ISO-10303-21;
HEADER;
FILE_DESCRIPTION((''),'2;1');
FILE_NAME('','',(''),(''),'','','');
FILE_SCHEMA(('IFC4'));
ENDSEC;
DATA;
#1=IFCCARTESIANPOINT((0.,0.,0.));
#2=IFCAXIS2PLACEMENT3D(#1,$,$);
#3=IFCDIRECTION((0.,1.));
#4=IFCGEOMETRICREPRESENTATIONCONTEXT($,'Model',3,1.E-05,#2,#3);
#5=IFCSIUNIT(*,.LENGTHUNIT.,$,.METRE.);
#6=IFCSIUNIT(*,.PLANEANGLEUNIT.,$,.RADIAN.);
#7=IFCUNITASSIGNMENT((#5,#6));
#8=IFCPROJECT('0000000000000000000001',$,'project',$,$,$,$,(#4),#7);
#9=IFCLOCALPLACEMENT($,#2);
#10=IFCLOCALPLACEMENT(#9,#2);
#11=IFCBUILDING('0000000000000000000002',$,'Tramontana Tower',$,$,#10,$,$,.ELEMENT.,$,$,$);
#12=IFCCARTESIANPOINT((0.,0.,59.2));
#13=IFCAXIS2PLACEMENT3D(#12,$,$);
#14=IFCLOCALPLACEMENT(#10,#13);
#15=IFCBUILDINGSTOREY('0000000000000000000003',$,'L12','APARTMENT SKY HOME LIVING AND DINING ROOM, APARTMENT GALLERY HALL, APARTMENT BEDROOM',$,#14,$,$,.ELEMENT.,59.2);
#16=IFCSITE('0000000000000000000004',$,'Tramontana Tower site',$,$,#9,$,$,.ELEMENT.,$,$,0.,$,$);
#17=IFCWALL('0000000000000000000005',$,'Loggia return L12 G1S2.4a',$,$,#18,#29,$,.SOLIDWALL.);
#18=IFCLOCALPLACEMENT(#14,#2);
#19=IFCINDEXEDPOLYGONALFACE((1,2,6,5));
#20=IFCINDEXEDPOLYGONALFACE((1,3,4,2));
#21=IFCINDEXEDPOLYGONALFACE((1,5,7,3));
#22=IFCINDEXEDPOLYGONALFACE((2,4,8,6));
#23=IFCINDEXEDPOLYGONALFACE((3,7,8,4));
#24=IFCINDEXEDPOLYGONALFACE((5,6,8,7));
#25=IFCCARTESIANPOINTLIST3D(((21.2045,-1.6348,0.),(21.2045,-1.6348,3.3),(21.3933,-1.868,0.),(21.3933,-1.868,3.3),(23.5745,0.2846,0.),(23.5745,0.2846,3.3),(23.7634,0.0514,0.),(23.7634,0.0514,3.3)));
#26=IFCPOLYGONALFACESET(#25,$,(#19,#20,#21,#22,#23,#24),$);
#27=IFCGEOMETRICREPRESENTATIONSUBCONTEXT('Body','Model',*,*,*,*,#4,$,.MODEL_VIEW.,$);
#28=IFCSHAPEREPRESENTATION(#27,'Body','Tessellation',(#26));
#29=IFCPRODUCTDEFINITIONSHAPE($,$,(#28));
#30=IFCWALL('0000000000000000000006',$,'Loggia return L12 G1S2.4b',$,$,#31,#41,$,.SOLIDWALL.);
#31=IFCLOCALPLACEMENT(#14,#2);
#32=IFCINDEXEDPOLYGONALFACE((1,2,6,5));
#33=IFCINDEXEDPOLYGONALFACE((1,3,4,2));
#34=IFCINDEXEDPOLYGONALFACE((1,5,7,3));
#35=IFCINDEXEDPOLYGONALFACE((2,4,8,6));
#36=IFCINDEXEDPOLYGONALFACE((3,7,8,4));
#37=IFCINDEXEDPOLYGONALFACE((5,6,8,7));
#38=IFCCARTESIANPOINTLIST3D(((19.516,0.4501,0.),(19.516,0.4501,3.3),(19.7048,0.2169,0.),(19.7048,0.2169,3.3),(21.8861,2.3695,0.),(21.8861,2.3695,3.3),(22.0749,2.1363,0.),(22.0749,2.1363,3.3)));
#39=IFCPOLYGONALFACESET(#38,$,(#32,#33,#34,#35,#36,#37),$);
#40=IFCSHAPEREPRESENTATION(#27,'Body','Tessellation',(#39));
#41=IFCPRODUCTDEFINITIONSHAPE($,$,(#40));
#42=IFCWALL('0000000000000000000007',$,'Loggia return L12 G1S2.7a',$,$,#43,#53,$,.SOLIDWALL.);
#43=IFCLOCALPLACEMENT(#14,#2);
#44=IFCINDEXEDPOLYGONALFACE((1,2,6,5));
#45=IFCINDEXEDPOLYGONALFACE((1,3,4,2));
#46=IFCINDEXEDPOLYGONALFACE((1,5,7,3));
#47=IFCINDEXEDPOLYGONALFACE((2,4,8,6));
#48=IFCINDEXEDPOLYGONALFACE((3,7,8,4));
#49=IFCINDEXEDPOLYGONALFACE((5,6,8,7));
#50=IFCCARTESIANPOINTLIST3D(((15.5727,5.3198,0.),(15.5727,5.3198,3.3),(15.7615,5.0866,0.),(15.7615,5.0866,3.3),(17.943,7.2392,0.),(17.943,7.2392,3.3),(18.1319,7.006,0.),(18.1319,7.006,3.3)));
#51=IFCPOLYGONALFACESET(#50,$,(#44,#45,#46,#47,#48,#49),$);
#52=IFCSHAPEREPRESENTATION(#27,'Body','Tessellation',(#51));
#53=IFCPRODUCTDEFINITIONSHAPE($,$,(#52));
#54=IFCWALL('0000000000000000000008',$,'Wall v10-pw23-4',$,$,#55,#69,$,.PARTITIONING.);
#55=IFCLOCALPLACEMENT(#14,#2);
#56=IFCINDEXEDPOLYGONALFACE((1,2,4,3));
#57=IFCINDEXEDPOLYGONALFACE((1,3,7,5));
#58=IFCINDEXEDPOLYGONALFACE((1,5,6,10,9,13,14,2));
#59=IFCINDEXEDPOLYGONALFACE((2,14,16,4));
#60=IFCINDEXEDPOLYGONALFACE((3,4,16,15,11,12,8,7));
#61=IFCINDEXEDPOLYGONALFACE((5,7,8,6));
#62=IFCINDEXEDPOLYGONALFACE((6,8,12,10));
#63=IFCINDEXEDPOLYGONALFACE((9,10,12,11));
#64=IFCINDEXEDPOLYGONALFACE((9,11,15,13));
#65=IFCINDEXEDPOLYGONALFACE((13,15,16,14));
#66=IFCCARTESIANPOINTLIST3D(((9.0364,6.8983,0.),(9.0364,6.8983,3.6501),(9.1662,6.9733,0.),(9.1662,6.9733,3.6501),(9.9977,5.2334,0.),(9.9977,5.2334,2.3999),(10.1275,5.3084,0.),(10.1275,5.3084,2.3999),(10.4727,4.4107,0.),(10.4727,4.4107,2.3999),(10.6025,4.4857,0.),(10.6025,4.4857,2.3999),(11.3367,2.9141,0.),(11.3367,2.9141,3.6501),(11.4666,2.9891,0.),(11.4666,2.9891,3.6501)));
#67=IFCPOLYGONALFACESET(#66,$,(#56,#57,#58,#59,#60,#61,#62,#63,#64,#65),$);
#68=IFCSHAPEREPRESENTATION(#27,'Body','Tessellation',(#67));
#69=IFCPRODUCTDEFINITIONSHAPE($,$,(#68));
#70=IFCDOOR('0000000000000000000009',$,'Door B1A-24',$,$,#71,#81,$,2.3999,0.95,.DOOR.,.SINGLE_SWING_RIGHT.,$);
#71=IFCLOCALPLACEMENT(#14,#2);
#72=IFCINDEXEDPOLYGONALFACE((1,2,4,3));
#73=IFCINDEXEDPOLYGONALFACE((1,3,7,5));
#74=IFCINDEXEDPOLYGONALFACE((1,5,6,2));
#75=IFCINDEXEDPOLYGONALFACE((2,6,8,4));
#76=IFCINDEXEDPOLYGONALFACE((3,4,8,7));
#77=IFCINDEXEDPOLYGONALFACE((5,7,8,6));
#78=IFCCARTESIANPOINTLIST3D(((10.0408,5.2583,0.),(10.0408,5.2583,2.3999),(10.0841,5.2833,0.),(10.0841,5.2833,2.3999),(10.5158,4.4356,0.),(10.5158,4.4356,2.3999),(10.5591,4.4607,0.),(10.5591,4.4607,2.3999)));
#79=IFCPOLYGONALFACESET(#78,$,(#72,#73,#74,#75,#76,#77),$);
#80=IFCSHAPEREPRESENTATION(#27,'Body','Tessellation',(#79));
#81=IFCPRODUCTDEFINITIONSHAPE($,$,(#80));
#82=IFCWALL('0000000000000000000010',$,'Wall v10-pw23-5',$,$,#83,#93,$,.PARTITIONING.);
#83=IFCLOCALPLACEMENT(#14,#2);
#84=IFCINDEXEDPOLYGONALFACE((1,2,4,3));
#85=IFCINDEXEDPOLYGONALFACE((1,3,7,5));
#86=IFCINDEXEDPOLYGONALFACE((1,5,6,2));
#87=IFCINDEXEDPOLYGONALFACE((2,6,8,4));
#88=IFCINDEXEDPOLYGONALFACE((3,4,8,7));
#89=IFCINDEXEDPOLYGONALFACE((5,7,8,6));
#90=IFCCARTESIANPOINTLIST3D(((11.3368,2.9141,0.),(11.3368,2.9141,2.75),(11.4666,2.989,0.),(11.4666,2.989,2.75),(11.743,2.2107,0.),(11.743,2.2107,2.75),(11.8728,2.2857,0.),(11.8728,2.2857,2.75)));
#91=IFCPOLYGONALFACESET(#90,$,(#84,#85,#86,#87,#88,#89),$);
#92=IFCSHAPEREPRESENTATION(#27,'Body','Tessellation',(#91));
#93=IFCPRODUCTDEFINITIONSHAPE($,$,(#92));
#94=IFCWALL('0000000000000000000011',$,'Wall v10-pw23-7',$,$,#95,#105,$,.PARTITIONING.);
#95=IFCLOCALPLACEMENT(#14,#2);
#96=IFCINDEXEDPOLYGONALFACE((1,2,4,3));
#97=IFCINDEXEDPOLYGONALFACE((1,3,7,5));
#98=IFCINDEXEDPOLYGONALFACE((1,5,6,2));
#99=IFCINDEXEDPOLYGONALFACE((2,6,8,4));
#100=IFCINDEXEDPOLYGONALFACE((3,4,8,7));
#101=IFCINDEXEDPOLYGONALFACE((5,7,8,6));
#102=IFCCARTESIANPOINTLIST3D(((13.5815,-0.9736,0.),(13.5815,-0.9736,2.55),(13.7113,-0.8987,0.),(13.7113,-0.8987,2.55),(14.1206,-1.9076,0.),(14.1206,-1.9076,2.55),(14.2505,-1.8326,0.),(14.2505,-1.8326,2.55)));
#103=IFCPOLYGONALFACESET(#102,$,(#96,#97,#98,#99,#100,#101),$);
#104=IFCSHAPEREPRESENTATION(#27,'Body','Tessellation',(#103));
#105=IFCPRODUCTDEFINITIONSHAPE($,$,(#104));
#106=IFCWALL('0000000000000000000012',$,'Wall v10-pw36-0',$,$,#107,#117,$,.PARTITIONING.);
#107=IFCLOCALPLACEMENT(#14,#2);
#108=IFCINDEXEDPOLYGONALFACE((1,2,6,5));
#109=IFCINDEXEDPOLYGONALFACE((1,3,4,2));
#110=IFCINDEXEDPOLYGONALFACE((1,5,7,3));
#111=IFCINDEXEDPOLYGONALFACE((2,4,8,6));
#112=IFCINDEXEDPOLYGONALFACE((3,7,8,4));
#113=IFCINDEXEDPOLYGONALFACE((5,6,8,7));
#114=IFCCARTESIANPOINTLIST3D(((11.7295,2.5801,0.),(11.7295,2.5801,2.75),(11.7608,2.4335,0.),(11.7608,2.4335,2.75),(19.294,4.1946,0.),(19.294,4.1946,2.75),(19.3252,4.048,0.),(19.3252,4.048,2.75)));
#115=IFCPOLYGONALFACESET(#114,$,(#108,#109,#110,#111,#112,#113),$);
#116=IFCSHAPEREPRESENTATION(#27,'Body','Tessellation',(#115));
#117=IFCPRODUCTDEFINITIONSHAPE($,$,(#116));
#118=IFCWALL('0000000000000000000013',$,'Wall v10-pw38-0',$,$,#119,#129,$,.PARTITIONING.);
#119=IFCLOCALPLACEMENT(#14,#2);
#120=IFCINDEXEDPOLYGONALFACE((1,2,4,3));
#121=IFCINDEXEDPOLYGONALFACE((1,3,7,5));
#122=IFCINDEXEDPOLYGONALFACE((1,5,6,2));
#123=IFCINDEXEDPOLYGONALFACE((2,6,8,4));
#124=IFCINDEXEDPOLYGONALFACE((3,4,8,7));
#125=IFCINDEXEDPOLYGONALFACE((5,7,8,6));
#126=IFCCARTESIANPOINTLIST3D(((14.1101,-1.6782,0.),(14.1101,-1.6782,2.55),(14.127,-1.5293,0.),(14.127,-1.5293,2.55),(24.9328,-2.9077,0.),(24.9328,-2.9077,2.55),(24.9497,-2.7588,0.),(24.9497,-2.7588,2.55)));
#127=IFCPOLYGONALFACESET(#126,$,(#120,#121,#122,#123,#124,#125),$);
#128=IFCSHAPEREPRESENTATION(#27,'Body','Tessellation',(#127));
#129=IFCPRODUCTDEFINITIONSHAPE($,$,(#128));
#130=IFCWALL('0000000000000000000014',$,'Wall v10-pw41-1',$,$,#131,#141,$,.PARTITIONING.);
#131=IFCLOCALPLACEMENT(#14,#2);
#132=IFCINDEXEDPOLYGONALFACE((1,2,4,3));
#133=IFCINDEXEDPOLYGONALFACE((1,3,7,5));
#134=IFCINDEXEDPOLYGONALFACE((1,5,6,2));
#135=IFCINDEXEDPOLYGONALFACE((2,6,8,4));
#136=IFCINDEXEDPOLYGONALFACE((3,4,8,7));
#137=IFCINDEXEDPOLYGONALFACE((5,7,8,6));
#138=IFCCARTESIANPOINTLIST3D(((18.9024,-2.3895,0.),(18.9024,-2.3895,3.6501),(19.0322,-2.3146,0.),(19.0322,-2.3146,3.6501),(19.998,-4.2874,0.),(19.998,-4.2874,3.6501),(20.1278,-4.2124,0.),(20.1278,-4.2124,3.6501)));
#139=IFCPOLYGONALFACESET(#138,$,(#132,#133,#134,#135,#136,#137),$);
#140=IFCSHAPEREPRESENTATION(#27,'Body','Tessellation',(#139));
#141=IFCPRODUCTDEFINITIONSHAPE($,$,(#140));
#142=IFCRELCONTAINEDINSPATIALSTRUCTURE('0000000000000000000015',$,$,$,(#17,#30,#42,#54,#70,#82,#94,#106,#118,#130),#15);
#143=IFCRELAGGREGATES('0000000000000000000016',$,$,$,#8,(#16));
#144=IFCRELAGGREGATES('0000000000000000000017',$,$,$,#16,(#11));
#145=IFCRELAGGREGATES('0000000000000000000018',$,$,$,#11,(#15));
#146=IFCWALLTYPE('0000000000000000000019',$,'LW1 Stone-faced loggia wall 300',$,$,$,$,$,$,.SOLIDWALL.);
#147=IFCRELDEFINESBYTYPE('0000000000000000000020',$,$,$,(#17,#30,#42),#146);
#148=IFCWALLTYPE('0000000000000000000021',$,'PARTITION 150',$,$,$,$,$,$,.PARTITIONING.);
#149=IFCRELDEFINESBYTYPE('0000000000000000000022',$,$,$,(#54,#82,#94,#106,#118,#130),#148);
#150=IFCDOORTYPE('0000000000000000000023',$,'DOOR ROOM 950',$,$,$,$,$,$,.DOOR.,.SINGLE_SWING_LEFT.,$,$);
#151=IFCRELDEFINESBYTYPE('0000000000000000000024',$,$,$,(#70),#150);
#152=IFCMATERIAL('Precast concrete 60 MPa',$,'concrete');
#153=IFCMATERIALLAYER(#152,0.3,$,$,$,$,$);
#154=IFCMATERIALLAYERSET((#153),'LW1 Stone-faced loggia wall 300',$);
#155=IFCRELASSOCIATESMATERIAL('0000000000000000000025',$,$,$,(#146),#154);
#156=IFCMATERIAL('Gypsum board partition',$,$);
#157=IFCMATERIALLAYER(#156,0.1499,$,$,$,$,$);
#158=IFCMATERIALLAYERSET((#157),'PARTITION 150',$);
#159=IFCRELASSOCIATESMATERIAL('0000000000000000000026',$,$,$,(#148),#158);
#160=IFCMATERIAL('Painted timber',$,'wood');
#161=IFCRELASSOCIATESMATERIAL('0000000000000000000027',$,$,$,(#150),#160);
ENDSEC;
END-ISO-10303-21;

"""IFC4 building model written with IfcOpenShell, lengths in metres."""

from ifc_helpers import new_model, si_unit, direction, frame, frame_2d, origin, place, context, subcontext, project, spatial, rectangle, extrude, material, layer, layer_set, type_object, element, fill, save


model = new_model("IFC4")

# Units and contexts
model_context = context("Model", 3, precision=1e-05, world=origin(), true_north=direction((0.0, 1.0)))
body_context = subcontext(model_context, "Body", "Model", "MODEL_VIEW")
ifc_project = project(units=[si_unit("LENGTHUNIT", "METRE"), si_unit("PLANEANGLEUNIT", "RADIAN")], contexts=[model_context])

# Site, building, storey
site_placement = place(None, origin())
site = spatial("IfcSite", under=ifc_project, at=site_placement, Name="Tramontana Tower site", CompositionType="ELEMENT", RefElevation=0.0)
building_placement = place(site_placement, origin())
building = spatial("IfcBuilding", under=site, at=building_placement, Name="Tramontana Tower", CompositionType="ELEMENT")
storey_placement = place(building_placement, frame((0.0, 0.0, 59.2)))
storey = spatial("IfcBuildingStorey", under=building, at=storey_placement, Name="L12", Description="APARTMENT SKY HOME LIVING AND DINING ROOM, APARTMENT GALLERY HALL, APARTMENT BEDROOM", CompositionType="ELEMENT", Elevation=59.2)

# Shared definitions
ifc_material_1 = material(Name="Precast concrete 60 MPa", Category="concrete")
ifc_layer_1 = layer(ifc_material_1, 0.3)
ifc_layer_set_1 = layer_set([ifc_layer_1], Name="LW1 Stone-faced loggia wall 300")
wall_type_1 = type_object("IfcWallType", Name="LW1 Stone-faced loggia wall 300", PredefinedType="SOLIDWALL", material=ifc_layer_set_1)

# Walls
for number, where, z_axis, x_axis, name in (
    (1, (23.6689, 0.168, 0.0), (0.0, 0.0, 1.0), (-0.777122, -0.62935, 0.0), "Loggia return L12 G1S2.4a"),
    (2, (21.9805, 2.2529, 0.0), (0.0, 0.0, 1.0), (-0.777122, -0.62935, 0.0), "Loggia return L12 G1S2.4b"),
):
    element("IfcWall", number, at=place(storey_placement, frame(where, z_axis=z_axis, x_axis=x_axis)), inside=storey, type_object=wall_type_1, Name=name, PredefinedType="SOLIDWALL", context=body_context, shape_type="SweptSolid", body=[
        extrude(rectangle(XDim=3.0498, YDim=0.3, at=frame_2d((1.5249, 0.0))), origin(), (0.0, 0.0, 1.0), 3.3),
    ])

# Wall
wall_1_placement = place(storey_placement, frame((18.0374, 7.1226, 0.0), z_axis=(0.0, 0.0, 1.0), x_axis=(-0.777154, -0.629311, 0.0)))
element("IfcWall", 3, at=wall_1_placement, inside=storey, type_object=wall_type_1, Name="Loggia return L12 G1S2.7a", PredefinedType="SOLIDWALL", context=body_context, shape_type="SweptSolid", body=[
    extrude(rectangle(XDim=3.05, YDim=0.3, at=frame_2d((1.5249, 0.0))), origin(), (0.0, 0.0, 1.0), 3.3),
])

# Wall, opening, door
ifc_material_2 = material(Name="Gypsum board partition")
ifc_layer_2 = layer(ifc_material_2, 0.1499)
ifc_layer_set_2 = layer_set([ifc_layer_2], Name="PARTITION 150")
wall_type_2 = type_object("IfcWallType", Name="PARTITION 150", PredefinedType="PARTITIONING", material=ifc_layer_set_2)
wall_2_placement = place(storey_placement, frame((9.1013, 6.9358, 0.0), z_axis=(0.0, 0.0, 1.0), x_axis=(0.500009, -0.86602, 0.0)))
wall_2 = element("IfcWall", 4, at=wall_2_placement, inside=storey, type_object=wall_type_2, Name="Wall v10-pw23-4", PredefinedType="PARTITIONING", context=body_context, shape_type="SweptSolid", body=[
    extrude(rectangle(XDim=4.6006, YDim=0.1499, at=frame_2d((2.3003, 0.0))), origin(), (0.0, 0.0, 1.0), 3.6501),
])
opening_1_placement = place(wall_2_placement, frame((1.9224, 0.0, 0.0)))
opening_1 = element("IfcOpeningElement", 5, at=opening_1_placement, cuts=wall_2, PredefinedType="OPENING", context=body_context, shape_type="SweptSolid", body=[
    extrude(rectangle(XDim=0.95, YDim=2.3999, at=frame_2d((0.4751, 1.2))), frame((0.0, 0.085, 0.0), z_axis=(0.0, -1.0, 0.0), x_axis=(1.0, 0.0, 0.0)), (0.0, 0.0, 1.0), 0.1699),
])
ifc_material_3 = material(Name="Painted timber", Category="wood")
door_type_1 = type_object("IfcDoorType", Name="DOOR ROOM 950", OperationType="SINGLE_SWING_LEFT", PredefinedType="DOOR", material=ifc_material_3)
door_1_placement = place(opening_1_placement, origin())
door_1 = element("IfcDoor", 6, at=door_1_placement, inside=storey, type_object=door_type_1, Name="Door B1A-24", OperationType="SINGLE_SWING_RIGHT", OverallHeight=2.3999, OverallWidth=0.95, PredefinedType="DOOR", context=body_context, shape_type="SweptSolid", body=[
    extrude(rectangle(XDim=0.95, YDim=2.3999, at=frame_2d((0.4751, 1.2))), frame((0.0, 0.0249, 0.0), z_axis=(0.0, -1.0, 0.0), x_axis=(1.0, 0.0, 0.0)), (0.0, 0.0, 1.0), 0.05),
])
fill(opening_1, door_1)

# Wall
wall_3_placement = place(storey_placement, frame((11.4016, 2.9517, 0.0), z_axis=(0.0, 0.0, 1.0), x_axis=(0.500147, -0.86594, 0.0)))
element("IfcWall", 7, at=wall_3_placement, inside=storey, type_object=wall_type_2, Name="Wall v10-pw23-5", PredefinedType="PARTITIONING", context=body_context, shape_type="SweptSolid", body=[
    extrude(rectangle(XDim=0.8123, YDim=0.1499, at=frame_2d((0.4062, 0.0))), origin(), (0.0, 0.0, 1.0), 2.75),
])

# Wall
wall_4_placement = place(storey_placement, frame((13.6465, -0.9363, 0.0), z_axis=(0.0, 0.0, 1.0), x_axis=(0.499938, -0.866061, 0.0)))
element("IfcWall", 8, at=wall_4_placement, inside=storey, type_object=wall_type_2, Name="Wall v10-pw23-7", PredefinedType="PARTITIONING", context=body_context, shape_type="SweptSolid", body=[
    extrude(rectangle(XDim=1.0784, YDim=0.1499, at=frame_2d((0.5391, 0.0))), origin(), (0.0, 0.0, 1.0), 2.55),
])

# Walls
wall_5_placement = place(storey_placement, frame((11.7451, 2.5068, 0.0), z_axis=(0.0, 0.0, 1.0), x_axis=(0.977973, 0.208731, 0.0)))
element("IfcWall", 9, at=wall_5_placement, inside=storey, type_object=wall_type_2, Name="Wall v10-pw36-0", PredefinedType="PARTITIONING", context=body_context, shape_type="SweptSolid", body=[
    extrude(rectangle(XDim=7.7349, YDim=0.1499, at=frame_2d((3.8674, 0.0))), origin(), (0.0, 0.0, 1.0), 2.75),
])
wall_6_placement = place(storey_placement, frame((14.1184, -1.6038, 0.0), z_axis=(0.0, 0.0, 1.0), x_axis=(0.993609, -0.112876, 0.0)))
element("IfcWall", 10, at=wall_6_placement, inside=storey, type_object=wall_type_2, Name="Wall v10-pw38-0", PredefinedType="PARTITIONING", context=body_context, shape_type="SweptSolid", body=[
    extrude(rectangle(XDim=10.8923, YDim=0.1499, at=frame_2d((5.4463, 0.0))), origin(), (0.0, 0.0, 1.0), 2.55),
])
wall_7_placement = place(storey_placement, frame((18.9673, -2.3521, 0.0), z_axis=(0.0, 0.0, 1.0), x_axis=(0.499973, -0.866041, 0.0)))
element("IfcWall", 11, at=wall_7_placement, inside=storey, type_object=wall_type_2, Name="Wall v10-pw41-1", PredefinedType="PARTITIONING", context=body_context, shape_type="SweptSolid", body=[
    extrude(rectangle(XDim=2.1914, YDim=0.1499, at=frame_2d((1.0957, 0.0))), origin(), (0.0, 0.0, 1.0), 3.6501),
])

save(model, "model.ifc")
